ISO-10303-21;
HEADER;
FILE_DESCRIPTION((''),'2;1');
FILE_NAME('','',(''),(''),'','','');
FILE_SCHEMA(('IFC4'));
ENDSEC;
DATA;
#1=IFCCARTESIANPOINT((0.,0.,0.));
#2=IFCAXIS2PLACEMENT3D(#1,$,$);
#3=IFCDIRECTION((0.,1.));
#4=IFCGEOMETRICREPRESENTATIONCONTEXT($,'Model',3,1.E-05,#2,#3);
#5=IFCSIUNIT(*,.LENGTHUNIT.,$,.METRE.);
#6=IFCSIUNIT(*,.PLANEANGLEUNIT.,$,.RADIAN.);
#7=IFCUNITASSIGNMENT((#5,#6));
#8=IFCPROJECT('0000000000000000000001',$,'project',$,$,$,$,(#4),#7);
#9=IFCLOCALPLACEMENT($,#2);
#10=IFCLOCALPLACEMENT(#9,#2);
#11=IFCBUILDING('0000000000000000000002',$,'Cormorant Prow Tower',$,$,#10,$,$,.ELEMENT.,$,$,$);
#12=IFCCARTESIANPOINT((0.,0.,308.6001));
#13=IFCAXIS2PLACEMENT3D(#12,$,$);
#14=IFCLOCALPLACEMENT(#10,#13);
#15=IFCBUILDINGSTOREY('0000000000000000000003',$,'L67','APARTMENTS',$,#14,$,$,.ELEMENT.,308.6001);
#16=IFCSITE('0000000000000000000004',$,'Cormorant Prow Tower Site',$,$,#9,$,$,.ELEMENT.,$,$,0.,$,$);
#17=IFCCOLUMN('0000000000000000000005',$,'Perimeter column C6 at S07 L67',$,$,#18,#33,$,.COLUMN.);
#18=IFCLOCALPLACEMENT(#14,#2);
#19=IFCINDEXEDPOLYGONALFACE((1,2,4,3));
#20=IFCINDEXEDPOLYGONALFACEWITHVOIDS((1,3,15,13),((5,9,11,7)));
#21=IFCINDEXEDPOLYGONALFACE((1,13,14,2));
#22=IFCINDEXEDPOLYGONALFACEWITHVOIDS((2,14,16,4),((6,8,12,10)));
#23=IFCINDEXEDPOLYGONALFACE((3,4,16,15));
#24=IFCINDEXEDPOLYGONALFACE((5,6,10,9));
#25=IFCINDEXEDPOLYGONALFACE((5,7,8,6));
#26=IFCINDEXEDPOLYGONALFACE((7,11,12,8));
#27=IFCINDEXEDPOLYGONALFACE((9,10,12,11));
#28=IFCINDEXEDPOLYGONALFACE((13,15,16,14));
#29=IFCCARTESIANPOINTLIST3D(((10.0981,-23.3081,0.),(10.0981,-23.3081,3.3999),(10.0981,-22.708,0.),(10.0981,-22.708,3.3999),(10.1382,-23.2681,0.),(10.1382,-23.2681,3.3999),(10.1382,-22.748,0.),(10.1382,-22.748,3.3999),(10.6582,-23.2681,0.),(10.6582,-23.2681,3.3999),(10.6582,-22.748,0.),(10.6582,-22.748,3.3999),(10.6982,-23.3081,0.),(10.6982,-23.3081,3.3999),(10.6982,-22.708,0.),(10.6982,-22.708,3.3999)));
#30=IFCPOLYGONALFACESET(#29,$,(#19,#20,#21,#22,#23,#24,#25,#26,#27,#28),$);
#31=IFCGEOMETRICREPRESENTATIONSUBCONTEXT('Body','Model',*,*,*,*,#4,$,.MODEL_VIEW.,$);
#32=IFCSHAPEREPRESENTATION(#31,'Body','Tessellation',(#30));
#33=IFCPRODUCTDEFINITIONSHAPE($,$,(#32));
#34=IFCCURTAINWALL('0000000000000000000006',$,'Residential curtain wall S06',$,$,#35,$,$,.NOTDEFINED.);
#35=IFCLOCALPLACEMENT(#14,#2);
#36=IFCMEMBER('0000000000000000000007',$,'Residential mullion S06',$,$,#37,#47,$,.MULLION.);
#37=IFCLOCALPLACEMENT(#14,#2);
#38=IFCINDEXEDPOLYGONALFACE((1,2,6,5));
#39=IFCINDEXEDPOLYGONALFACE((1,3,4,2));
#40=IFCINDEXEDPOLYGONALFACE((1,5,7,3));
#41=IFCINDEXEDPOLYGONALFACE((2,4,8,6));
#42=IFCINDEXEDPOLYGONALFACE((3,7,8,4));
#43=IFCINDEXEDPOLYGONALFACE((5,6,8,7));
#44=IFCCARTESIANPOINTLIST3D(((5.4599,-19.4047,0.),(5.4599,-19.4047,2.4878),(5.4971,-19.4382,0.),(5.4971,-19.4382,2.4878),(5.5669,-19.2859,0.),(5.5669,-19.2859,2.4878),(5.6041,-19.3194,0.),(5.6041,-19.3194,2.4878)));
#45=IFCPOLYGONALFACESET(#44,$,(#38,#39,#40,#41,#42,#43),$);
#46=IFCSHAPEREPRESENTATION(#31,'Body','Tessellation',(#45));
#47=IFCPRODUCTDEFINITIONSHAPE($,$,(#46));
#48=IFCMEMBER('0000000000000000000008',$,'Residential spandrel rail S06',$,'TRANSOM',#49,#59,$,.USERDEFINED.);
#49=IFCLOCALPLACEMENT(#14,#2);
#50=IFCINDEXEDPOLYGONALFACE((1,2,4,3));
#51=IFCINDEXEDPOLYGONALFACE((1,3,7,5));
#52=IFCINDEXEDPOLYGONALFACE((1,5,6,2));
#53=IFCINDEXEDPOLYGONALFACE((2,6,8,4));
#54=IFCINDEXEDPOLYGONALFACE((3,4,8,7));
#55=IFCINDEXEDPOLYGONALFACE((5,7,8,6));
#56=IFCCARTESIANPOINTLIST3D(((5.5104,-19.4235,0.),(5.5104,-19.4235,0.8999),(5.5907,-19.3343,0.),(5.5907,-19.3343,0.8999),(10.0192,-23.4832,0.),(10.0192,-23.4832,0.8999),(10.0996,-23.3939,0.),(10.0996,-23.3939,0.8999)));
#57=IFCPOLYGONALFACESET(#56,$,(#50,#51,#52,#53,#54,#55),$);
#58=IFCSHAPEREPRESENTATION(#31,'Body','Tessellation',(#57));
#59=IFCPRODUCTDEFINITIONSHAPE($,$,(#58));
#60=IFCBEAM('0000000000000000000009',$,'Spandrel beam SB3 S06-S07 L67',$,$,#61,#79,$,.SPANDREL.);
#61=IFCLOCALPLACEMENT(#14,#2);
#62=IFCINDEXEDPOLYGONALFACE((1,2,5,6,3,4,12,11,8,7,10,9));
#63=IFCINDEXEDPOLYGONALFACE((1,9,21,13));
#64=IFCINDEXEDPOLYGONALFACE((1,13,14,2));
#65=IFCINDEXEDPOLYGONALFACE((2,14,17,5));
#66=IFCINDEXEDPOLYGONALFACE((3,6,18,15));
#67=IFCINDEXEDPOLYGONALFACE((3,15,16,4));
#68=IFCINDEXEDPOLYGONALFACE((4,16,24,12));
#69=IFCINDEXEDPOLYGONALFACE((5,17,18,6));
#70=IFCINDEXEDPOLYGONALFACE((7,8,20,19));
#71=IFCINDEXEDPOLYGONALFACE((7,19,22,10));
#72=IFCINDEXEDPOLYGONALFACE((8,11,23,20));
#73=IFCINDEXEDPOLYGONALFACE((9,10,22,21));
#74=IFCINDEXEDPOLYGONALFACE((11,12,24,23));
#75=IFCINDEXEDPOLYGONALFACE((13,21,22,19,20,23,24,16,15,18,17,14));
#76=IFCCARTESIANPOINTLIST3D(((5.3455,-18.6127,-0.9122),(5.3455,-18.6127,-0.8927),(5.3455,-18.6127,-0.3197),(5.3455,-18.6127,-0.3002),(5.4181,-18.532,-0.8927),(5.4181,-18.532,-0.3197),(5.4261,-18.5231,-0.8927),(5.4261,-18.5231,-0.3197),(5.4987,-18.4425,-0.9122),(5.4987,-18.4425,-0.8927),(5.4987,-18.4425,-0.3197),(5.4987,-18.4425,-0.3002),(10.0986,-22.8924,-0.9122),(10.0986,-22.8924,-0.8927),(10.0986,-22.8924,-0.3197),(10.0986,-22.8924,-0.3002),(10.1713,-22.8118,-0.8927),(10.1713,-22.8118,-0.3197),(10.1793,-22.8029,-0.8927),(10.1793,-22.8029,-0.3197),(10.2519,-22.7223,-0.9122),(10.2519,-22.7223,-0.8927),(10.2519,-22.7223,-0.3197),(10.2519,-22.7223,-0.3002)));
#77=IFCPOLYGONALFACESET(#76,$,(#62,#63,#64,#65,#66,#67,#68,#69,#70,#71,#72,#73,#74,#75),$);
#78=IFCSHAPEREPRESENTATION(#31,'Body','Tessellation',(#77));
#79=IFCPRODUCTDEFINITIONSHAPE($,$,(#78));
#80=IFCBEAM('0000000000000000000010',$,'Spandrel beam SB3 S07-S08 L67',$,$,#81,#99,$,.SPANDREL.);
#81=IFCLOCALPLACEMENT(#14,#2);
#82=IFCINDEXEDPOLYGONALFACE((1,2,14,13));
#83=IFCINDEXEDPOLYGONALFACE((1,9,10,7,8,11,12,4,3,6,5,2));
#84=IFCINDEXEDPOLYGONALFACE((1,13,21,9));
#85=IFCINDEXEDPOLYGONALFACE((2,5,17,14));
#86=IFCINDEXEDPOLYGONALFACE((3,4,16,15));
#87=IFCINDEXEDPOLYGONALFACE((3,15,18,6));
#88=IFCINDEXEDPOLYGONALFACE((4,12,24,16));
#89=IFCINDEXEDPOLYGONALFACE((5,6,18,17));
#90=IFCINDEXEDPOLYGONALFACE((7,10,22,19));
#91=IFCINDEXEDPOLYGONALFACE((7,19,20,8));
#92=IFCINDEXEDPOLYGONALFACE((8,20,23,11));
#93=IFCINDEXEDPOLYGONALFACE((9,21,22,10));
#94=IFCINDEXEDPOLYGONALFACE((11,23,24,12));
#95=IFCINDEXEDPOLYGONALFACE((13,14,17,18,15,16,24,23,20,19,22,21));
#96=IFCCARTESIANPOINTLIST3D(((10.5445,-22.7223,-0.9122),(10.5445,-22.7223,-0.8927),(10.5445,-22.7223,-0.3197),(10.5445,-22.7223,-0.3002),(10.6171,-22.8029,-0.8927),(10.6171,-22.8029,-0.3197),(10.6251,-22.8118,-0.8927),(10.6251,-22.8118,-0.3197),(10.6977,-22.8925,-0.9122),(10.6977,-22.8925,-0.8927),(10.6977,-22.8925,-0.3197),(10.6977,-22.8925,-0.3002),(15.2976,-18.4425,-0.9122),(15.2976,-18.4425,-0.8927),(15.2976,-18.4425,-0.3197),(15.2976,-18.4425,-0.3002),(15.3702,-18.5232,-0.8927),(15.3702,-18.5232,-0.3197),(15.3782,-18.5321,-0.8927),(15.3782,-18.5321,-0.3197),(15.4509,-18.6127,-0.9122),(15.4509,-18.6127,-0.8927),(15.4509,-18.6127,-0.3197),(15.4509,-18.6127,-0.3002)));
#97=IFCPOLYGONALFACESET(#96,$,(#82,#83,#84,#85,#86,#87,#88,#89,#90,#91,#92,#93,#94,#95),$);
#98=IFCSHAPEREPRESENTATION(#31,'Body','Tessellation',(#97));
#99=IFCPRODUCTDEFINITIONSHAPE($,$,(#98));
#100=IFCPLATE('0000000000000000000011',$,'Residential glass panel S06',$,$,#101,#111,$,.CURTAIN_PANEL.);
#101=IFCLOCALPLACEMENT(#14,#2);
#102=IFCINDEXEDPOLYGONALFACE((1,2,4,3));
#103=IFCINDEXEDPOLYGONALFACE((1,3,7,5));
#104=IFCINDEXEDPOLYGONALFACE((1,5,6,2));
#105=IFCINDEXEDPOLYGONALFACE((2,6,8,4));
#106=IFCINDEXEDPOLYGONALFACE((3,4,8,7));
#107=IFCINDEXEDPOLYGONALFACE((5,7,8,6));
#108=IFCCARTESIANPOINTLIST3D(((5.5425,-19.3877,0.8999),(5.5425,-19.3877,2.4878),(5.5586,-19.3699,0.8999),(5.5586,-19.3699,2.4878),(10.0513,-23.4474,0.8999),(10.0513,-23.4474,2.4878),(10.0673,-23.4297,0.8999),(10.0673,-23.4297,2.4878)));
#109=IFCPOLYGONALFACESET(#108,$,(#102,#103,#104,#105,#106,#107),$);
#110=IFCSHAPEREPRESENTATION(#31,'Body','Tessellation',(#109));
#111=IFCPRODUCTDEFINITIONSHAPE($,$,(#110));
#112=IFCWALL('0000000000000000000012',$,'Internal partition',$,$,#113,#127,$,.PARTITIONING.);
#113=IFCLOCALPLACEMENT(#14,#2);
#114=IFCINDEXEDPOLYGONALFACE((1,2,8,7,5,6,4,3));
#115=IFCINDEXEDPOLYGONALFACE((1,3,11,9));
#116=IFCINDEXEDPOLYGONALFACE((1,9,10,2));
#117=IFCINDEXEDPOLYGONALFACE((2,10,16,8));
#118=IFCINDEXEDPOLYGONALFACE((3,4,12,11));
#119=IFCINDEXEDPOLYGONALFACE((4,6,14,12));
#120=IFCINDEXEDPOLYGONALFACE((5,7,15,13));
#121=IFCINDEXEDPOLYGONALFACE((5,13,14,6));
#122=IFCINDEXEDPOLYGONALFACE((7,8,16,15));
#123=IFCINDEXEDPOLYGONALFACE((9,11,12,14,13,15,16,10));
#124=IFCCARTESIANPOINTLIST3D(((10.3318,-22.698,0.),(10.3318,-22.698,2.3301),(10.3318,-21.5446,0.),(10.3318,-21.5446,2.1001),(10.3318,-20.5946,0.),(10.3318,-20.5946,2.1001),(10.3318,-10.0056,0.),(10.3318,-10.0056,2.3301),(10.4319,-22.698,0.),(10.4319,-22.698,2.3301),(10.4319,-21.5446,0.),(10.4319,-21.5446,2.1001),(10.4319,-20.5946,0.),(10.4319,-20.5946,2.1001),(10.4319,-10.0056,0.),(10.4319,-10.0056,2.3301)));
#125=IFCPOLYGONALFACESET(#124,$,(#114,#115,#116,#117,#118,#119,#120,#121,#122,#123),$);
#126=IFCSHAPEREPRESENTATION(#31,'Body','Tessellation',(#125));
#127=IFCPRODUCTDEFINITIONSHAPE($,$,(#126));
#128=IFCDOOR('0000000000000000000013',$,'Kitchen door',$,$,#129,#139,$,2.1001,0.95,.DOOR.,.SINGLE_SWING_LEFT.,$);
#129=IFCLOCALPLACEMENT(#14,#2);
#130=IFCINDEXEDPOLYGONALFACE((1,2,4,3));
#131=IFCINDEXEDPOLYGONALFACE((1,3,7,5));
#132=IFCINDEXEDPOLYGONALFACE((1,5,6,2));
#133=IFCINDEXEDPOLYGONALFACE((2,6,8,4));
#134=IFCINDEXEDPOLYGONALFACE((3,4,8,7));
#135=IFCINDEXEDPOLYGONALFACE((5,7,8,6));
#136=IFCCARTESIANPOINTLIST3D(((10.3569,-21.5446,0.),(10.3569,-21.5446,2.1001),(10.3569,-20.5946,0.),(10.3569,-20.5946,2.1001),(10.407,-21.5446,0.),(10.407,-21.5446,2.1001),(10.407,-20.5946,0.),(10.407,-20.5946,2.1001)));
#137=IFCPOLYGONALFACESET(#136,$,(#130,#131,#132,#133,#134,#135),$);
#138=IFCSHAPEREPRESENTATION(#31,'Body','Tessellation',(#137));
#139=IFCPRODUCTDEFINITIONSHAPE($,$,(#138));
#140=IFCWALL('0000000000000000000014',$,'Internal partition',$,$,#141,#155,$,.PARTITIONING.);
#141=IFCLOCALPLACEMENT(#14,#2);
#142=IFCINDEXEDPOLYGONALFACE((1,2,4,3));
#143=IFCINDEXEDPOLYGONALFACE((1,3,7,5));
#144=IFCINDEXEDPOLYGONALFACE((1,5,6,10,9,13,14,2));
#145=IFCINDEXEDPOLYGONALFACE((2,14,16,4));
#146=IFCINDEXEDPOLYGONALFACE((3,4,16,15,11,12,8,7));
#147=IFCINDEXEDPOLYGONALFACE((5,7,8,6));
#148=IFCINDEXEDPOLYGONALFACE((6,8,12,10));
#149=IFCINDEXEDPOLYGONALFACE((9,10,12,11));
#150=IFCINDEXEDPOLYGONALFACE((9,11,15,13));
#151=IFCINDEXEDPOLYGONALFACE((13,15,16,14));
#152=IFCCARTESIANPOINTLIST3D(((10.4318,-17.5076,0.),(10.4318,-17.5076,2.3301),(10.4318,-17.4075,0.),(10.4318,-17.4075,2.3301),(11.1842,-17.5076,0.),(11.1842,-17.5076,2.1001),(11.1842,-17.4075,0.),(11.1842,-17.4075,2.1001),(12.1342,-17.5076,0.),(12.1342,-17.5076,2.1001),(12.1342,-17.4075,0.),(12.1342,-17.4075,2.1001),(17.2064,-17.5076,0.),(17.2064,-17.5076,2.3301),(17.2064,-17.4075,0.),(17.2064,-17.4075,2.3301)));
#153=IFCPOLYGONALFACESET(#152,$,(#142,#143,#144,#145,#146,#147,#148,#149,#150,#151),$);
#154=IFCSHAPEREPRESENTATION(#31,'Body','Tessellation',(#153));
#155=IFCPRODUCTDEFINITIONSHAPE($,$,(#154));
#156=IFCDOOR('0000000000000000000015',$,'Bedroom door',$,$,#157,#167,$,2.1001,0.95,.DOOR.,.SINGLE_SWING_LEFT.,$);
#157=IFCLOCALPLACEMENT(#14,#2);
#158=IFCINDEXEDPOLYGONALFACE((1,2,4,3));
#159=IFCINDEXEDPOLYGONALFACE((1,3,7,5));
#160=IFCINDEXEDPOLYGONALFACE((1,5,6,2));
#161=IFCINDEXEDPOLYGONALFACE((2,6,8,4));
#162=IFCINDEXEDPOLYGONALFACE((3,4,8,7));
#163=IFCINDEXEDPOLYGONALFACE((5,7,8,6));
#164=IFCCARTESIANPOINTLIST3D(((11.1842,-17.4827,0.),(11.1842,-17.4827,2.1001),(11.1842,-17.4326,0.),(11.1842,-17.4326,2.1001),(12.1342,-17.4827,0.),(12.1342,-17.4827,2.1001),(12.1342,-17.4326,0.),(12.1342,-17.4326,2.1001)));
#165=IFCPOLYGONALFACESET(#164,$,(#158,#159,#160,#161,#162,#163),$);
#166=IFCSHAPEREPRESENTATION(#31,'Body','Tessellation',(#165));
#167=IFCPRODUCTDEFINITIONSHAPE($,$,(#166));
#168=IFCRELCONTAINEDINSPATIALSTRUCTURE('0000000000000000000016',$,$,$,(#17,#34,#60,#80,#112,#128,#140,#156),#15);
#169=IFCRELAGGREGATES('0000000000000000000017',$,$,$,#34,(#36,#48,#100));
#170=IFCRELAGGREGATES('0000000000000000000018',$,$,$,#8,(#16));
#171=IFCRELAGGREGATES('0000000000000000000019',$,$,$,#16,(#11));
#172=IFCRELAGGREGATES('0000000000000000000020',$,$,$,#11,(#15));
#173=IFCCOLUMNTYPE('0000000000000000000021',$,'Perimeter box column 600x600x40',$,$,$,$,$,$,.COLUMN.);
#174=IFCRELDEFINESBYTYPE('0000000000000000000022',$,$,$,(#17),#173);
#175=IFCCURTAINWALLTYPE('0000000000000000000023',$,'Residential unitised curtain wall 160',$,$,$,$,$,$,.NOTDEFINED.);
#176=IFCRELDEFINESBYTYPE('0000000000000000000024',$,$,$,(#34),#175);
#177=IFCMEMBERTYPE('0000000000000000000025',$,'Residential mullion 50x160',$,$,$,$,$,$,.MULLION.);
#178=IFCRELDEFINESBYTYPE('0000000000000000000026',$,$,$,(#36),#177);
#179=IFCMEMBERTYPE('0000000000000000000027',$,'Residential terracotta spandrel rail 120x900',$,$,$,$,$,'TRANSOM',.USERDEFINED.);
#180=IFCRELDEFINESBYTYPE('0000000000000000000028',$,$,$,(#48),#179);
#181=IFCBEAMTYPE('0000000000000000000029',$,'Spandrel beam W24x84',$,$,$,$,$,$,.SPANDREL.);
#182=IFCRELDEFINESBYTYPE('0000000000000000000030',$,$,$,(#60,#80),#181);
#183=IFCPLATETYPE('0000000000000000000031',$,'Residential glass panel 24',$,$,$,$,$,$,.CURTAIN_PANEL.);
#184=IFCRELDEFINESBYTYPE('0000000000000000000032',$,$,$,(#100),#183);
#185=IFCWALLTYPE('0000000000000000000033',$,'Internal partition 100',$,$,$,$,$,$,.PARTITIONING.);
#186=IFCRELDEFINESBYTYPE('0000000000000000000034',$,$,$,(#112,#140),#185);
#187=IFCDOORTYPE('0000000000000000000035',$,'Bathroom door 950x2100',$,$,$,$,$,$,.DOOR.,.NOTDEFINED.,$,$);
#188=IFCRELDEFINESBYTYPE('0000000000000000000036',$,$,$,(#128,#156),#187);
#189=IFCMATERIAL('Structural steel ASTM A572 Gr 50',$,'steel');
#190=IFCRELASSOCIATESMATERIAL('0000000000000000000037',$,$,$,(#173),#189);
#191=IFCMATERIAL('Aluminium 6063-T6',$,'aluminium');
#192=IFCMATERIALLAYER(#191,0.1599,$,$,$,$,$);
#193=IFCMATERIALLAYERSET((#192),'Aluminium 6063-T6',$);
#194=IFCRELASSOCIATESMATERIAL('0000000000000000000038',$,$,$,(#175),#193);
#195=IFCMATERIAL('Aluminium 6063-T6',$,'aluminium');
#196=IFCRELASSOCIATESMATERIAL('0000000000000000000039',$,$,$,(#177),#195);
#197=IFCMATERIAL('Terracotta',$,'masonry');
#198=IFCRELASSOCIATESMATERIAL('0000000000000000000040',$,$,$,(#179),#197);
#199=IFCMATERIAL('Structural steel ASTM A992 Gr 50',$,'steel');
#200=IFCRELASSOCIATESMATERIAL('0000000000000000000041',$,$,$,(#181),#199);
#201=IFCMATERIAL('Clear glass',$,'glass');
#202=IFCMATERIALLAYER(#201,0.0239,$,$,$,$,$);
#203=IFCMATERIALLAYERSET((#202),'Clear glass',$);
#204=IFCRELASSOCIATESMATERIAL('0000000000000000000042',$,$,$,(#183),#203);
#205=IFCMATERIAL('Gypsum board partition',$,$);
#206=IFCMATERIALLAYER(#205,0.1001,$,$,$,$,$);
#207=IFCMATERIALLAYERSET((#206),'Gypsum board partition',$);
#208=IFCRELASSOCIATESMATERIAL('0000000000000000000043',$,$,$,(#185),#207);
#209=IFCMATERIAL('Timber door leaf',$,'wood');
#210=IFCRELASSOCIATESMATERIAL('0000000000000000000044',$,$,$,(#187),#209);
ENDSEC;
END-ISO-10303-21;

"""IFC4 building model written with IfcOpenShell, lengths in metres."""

from ifc_helpers import new_model, si_unit, direction, frame, frame_2d, origin, origin_2d, place, context, subcontext, project, spatial, rectangle, hollow_rectangle, i_section, extrude, material, layer, layer_set, material_profile, profile_set, type_object, element, fill, aggregate, save


model = new_model("IFC4")

# Units and contexts
model_context = context("Model", 3, precision=1e-05, world=origin(), true_north=direction((0.0, 1.0)))
body_context = subcontext(model_context, "Body", "Model", "MODEL_VIEW")
ifc_project = project(units=[si_unit("LENGTHUNIT", "METRE"), si_unit("PLANEANGLEUNIT", "RADIAN")], contexts=[model_context])

# Site, building, storey
site_placement = place(None, origin())
site = spatial("IfcSite", under=ifc_project, at=site_placement, Name="Cormorant Prow Tower Site", CompositionType="ELEMENT", RefElevation=0.0)
building_placement = place(site_placement, origin())
building = spatial("IfcBuilding", under=site, at=building_placement, Name="Cormorant Prow Tower", CompositionType="ELEMENT")
storey_placement = place(building_placement, frame((0.0, 0.0, 308.6001)))
storey = spatial("IfcBuildingStorey", under=building, at=storey_placement, Name="L67", Description="APARTMENTS", CompositionType="ELEMENT", Elevation=308.6001)

# Column
ifc_material_1 = material(Name="Structural steel ASTM A572 Gr 50", Category="steel")
ifc_material_profile_1 = material_profile(ifc_material_1, hollow_rectangle(XDim=0.6001, YDim=0.6001, WallThickness=0.04, at=origin_2d()), Name="Box 600x600x40")
ifc_profile_set_1 = profile_set([ifc_material_profile_1], Name="Structural steel ASTM A572 Gr 50")
column_type = type_object("IfcColumnType", Name="Perimeter box column 600x600x40", PredefinedType="COLUMN", material=ifc_profile_set_1)
column_placement = place(storey_placement, frame((10.3982, -23.0081, 0.0), z_axis=(0.0, 0.0, 1.0), x_axis=(1.0, 0.0, 0.0)))
element("IfcColumn", 1, at=column_placement, inside=storey, type_object=column_type, Name="Perimeter column C6 at S07 L67", PredefinedType="COLUMN", context=body_context, shape_type="SweptSolid", body=[
    extrude(hollow_rectangle(XDim=0.6001, YDim=0.6001, WallThickness=0.04, at=origin_2d()), origin(), (0.0, 0.0, 1.0), 3.3999),
])

# Curtain wall, members
ifc_material_2 = material(Name="Aluminium 6063-T6", Category="aluminium")
ifc_layer_1 = layer(ifc_material_2, 0.1599)
ifc_layer_set_1 = layer_set([ifc_layer_1], Name="Aluminium 6063-T6")
curtain_wall_type = type_object("IfcCurtainWallType", Name="Residential unitised curtain wall 160", PredefinedType="NOTDEFINED", material=ifc_layer_set_1)
curtain_wall_placement = place(storey_placement, origin())
curtain_wall = element("IfcCurtainWall", 2, at=curtain_wall_placement, inside=storey, type_object=curtain_wall_type, Name="Residential curtain wall S06", PredefinedType="NOTDEFINED")
ifc_material_3 = material(Name="Aluminium 6063-T6", Category="aluminium")
ifc_material_profile_2 = material_profile(ifc_material_3, rectangle(XDim=0.1599, YDim=0.05, at=origin_2d()), Name="Residential mullion 50x160")
ifc_profile_set_2 = profile_set([ifc_material_profile_2], Name="Aluminium 6063-T6")
member_type_1 = type_object("IfcMemberType", Name="Residential mullion 50x160", PredefinedType="MULLION", material=ifc_profile_set_2)
member_1_placement = place(storey_placement, frame((5.532, -19.3621, 0.0), z_axis=(0.0, 0.0, 1.0), x_axis=(0.669131, 0.743145, 0.0)))
member_1 = element("IfcMember", 3, at=member_1_placement, type_object=member_type_1, Name="Residential mullion S06", PredefinedType="MULLION", context=body_context, shape_type="SweptSolid", body=[
    extrude(rectangle(XDim=0.1599, YDim=0.05, at=origin_2d()), origin(), (0.0, 0.0, 1.0), 2.4878),
])
ifc_material_4 = material(Name="Terracotta", Category="masonry")
ifc_material_profile_3 = material_profile(ifc_material_4, rectangle(XDim=0.1201, YDim=0.8999, at=origin_2d()), Name="Residential terracotta spandrel rail 120x900")
ifc_profile_set_3 = profile_set([ifc_material_profile_3], Name="Terracotta")
member_type_2 = type_object("IfcMemberType", Name="Residential terracotta spandrel rail 120x900", ElementType="TRANSOM", PredefinedType="USERDEFINED", material=ifc_profile_set_3)
member_2_placement = place(storey_placement, frame((5.5505, -19.3789, 0.45), z_axis=(0.743158, -0.669116, 0.0), x_axis=(0.669116, 0.743158, 0.0)))
member_2 = element("IfcMember", 4, at=member_2_placement, type_object=member_type_2, Name="Residential spandrel rail S06", ObjectType="TRANSOM", PredefinedType="USERDEFINED", context=body_context, shape_type="SweptSolid", body=[
    extrude(rectangle(XDim=0.1201, YDim=0.8999, at=origin_2d()), origin(), (0.0, 0.0, 1.0), 6.0671),
])

# Beams
ifc_material_5 = material(Name="Structural steel ASTM A992 Gr 50", Category="steel")
ifc_material_profile_4 = material_profile(ifc_material_5, i_section(OverallWidth=0.229, OverallDepth=0.6121, WebThickness=0.012, FlangeThickness=0.0195, at=origin_2d()), Name="W24x84")
ifc_profile_set_4 = profile_set([ifc_material_profile_4], Name="Structural steel ASTM A992 Gr 50")
beam_type = type_object("IfcBeamType", Name="Spandrel beam W24x84", PredefinedType="SPANDREL", material=ifc_profile_set_4)
for number, where, z_axis, x_axis, name in (
    (5, (5.4221, -18.5276, -0.6062), (0.743144, -0.669131, 0.0), (0.669131, 0.743144, 0.0), "Spandrel beam SB3 S06-S07 L67"),
    (6, (10.6211, -22.8074, -0.6062), (0.743144, 0.669131, 0.0), (-0.669131, 0.743144, 0.0), "Spandrel beam SB3 S07-S08 L67"),
):
    element("IfcBeam", number, at=place(storey_placement, frame(where, z_axis=z_axis, x_axis=x_axis)), inside=storey, type_object=beam_type, Name=name, PredefinedType="SPANDREL", context=body_context, shape_type="SweptSolid", body=[
        extrude(i_section(OverallWidth=0.229, OverallDepth=0.6121, WebThickness=0.012, FlangeThickness=0.0195, at=origin_2d()), origin(), (0.0, 0.0, 1.0), 6.396),
    ])

# Plate
ifc_material_6 = material(Name="Clear glass", Category="glass")
ifc_layer_2 = layer(ifc_material_6, 0.0239)
ifc_layer_set_2 = layer_set([ifc_layer_2], Name="Clear glass")
plate_type = type_object("IfcPlateType", Name="Residential glass panel 24", PredefinedType="CURTAIN_PANEL", material=ifc_layer_set_2)
plate_placement = place(storey_placement, frame((7.8049, -21.4087, 0.8999), z_axis=(0.0, 0.0, 1.0), x_axis=(0.743145, -0.669131, 0.0)))
plate = element("IfcPlate", 7, at=plate_placement, type_object=plate_type, Name="Residential glass panel S06", PredefinedType="CURTAIN_PANEL", context=body_context, shape_type="SweptSolid", body=[
    extrude(rectangle(XDim=6.0671, YDim=0.0239, at=origin_2d()), origin(), (0.0, 0.0, 1.0), 1.5879),
])
aggregate(curtain_wall, [member_1, member_2, plate])

# Walls, openings, doors
ifc_material_7 = material(Name="Gypsum board partition")
ifc_layer_3 = layer(ifc_material_7, 0.1001)
ifc_layer_set_3 = layer_set([ifc_layer_3], Name="Gypsum board partition")
wall_type_1 = type_object("IfcWallType", Name="Internal partition 100", PredefinedType="PARTITIONING", material=ifc_layer_set_3)
wall_1_placement = place(storey_placement, frame((10.3818, -22.698, 0.0), z_axis=(0.0, 0.0, 1.0), x_axis=(0.0, 1.0, 0.0)))
wall_1 = element("IfcWall", 8, at=wall_1_placement, inside=storey, type_object=wall_type_1, Name="Internal partition", PredefinedType="PARTITIONING", context=body_context, shape_type="SweptSolid", body=[
    extrude(rectangle(XDim=12.6924, YDim=0.1001, at=frame_2d((6.3462, 0.0))), origin(), (0.0, 0.0, 1.0), 2.3301),
])
opening_1_placement = place(wall_1_placement, frame((1.1533, 0.0, 0.0)))
opening_1 = element("IfcOpeningElement", 9, at=opening_1_placement, cuts=wall_1, PredefinedType="OPENING", context=body_context, shape_type="SweptSolid", body=[
    extrude(rectangle(XDim=0.95, YDim=2.1001, at=frame_2d((0.4751, 1.05))), frame((0.0, 0.0601, 0.0), z_axis=(0.0, -1.0, 0.0), x_axis=(1.0, 0.0, 0.0)), (0.0, 0.0, 1.0), 0.1201),
])
ifc_material_8 = material(Name="Timber door leaf", Category="wood")
door_type_1 = type_object("IfcDoorType", Name="Bathroom door 950x2100", OperationType="NOTDEFINED", PredefinedType="DOOR", material=ifc_material_8)
door_1_placement = place(opening_1_placement, origin())
door_1 = element("IfcDoor", 10, at=door_1_placement, inside=storey, type_object=door_type_1, Name="Kitchen door", OperationType="SINGLE_SWING_LEFT", OverallHeight=2.1001, OverallWidth=0.95, PredefinedType="DOOR", context=body_context, shape_type="SweptSolid", body=[
    extrude(rectangle(XDim=0.95, YDim=2.1001, at=frame_2d((0.4751, 1.05))), frame((0.0, 0.0249, 0.0), z_axis=(0.0, -1.0, 0.0), x_axis=(1.0, 0.0, 0.0)), (0.0, 0.0, 1.0), 0.05),
])
fill(opening_1, door_1)
wall_2_placement = place(storey_placement, frame((10.4319, -17.4575, 0.0), z_axis=(0.0, 0.0, 1.0), x_axis=(1.0, 0.0, 0.0)))
wall_2 = element("IfcWall", 11, at=wall_2_placement, inside=storey, type_object=wall_type_1, Name="Internal partition", PredefinedType="PARTITIONING", context=body_context, shape_type="SweptSolid", body=[
    extrude(rectangle(XDim=6.7747, YDim=0.1001, at=frame_2d((3.3872, 0.0))), origin(), (0.0, 0.0, 1.0), 2.3301),
])
opening_2_placement = place(wall_2_placement, frame((0.7522, 0.0, 0.0)))
opening_2 = element("IfcOpeningElement", 12, at=opening_2_placement, cuts=wall_2, PredefinedType="OPENING", context=body_context, shape_type="SweptSolid", body=[
    extrude(rectangle(XDim=0.95, YDim=2.1001, at=frame_2d((0.4751, 1.05))), frame((0.0, 0.0601, 0.0), z_axis=(0.0, -1.0, 0.0), x_axis=(1.0, 0.0, 0.0)), (0.0, 0.0, 1.0), 0.1201),
])
door_2_placement = place(opening_2_placement, origin())
door_2 = element("IfcDoor", 13, at=door_2_placement, inside=storey, type_object=door_type_1, Name="Bedroom door", OperationType="SINGLE_SWING_LEFT", OverallHeight=2.1001, OverallWidth=0.95, PredefinedType="DOOR", context=body_context, shape_type="SweptSolid", body=[
    extrude(rectangle(XDim=0.95, YDim=2.1001, at=frame_2d((0.4751, 1.05))), frame((0.0, 0.0249, 0.0), z_axis=(0.0, -1.0, 0.0), x_axis=(1.0, 0.0, 0.0)), (0.0, 0.0, 1.0), 0.05),
])
fill(opening_2, door_2)

save(model, "model.ifc")
